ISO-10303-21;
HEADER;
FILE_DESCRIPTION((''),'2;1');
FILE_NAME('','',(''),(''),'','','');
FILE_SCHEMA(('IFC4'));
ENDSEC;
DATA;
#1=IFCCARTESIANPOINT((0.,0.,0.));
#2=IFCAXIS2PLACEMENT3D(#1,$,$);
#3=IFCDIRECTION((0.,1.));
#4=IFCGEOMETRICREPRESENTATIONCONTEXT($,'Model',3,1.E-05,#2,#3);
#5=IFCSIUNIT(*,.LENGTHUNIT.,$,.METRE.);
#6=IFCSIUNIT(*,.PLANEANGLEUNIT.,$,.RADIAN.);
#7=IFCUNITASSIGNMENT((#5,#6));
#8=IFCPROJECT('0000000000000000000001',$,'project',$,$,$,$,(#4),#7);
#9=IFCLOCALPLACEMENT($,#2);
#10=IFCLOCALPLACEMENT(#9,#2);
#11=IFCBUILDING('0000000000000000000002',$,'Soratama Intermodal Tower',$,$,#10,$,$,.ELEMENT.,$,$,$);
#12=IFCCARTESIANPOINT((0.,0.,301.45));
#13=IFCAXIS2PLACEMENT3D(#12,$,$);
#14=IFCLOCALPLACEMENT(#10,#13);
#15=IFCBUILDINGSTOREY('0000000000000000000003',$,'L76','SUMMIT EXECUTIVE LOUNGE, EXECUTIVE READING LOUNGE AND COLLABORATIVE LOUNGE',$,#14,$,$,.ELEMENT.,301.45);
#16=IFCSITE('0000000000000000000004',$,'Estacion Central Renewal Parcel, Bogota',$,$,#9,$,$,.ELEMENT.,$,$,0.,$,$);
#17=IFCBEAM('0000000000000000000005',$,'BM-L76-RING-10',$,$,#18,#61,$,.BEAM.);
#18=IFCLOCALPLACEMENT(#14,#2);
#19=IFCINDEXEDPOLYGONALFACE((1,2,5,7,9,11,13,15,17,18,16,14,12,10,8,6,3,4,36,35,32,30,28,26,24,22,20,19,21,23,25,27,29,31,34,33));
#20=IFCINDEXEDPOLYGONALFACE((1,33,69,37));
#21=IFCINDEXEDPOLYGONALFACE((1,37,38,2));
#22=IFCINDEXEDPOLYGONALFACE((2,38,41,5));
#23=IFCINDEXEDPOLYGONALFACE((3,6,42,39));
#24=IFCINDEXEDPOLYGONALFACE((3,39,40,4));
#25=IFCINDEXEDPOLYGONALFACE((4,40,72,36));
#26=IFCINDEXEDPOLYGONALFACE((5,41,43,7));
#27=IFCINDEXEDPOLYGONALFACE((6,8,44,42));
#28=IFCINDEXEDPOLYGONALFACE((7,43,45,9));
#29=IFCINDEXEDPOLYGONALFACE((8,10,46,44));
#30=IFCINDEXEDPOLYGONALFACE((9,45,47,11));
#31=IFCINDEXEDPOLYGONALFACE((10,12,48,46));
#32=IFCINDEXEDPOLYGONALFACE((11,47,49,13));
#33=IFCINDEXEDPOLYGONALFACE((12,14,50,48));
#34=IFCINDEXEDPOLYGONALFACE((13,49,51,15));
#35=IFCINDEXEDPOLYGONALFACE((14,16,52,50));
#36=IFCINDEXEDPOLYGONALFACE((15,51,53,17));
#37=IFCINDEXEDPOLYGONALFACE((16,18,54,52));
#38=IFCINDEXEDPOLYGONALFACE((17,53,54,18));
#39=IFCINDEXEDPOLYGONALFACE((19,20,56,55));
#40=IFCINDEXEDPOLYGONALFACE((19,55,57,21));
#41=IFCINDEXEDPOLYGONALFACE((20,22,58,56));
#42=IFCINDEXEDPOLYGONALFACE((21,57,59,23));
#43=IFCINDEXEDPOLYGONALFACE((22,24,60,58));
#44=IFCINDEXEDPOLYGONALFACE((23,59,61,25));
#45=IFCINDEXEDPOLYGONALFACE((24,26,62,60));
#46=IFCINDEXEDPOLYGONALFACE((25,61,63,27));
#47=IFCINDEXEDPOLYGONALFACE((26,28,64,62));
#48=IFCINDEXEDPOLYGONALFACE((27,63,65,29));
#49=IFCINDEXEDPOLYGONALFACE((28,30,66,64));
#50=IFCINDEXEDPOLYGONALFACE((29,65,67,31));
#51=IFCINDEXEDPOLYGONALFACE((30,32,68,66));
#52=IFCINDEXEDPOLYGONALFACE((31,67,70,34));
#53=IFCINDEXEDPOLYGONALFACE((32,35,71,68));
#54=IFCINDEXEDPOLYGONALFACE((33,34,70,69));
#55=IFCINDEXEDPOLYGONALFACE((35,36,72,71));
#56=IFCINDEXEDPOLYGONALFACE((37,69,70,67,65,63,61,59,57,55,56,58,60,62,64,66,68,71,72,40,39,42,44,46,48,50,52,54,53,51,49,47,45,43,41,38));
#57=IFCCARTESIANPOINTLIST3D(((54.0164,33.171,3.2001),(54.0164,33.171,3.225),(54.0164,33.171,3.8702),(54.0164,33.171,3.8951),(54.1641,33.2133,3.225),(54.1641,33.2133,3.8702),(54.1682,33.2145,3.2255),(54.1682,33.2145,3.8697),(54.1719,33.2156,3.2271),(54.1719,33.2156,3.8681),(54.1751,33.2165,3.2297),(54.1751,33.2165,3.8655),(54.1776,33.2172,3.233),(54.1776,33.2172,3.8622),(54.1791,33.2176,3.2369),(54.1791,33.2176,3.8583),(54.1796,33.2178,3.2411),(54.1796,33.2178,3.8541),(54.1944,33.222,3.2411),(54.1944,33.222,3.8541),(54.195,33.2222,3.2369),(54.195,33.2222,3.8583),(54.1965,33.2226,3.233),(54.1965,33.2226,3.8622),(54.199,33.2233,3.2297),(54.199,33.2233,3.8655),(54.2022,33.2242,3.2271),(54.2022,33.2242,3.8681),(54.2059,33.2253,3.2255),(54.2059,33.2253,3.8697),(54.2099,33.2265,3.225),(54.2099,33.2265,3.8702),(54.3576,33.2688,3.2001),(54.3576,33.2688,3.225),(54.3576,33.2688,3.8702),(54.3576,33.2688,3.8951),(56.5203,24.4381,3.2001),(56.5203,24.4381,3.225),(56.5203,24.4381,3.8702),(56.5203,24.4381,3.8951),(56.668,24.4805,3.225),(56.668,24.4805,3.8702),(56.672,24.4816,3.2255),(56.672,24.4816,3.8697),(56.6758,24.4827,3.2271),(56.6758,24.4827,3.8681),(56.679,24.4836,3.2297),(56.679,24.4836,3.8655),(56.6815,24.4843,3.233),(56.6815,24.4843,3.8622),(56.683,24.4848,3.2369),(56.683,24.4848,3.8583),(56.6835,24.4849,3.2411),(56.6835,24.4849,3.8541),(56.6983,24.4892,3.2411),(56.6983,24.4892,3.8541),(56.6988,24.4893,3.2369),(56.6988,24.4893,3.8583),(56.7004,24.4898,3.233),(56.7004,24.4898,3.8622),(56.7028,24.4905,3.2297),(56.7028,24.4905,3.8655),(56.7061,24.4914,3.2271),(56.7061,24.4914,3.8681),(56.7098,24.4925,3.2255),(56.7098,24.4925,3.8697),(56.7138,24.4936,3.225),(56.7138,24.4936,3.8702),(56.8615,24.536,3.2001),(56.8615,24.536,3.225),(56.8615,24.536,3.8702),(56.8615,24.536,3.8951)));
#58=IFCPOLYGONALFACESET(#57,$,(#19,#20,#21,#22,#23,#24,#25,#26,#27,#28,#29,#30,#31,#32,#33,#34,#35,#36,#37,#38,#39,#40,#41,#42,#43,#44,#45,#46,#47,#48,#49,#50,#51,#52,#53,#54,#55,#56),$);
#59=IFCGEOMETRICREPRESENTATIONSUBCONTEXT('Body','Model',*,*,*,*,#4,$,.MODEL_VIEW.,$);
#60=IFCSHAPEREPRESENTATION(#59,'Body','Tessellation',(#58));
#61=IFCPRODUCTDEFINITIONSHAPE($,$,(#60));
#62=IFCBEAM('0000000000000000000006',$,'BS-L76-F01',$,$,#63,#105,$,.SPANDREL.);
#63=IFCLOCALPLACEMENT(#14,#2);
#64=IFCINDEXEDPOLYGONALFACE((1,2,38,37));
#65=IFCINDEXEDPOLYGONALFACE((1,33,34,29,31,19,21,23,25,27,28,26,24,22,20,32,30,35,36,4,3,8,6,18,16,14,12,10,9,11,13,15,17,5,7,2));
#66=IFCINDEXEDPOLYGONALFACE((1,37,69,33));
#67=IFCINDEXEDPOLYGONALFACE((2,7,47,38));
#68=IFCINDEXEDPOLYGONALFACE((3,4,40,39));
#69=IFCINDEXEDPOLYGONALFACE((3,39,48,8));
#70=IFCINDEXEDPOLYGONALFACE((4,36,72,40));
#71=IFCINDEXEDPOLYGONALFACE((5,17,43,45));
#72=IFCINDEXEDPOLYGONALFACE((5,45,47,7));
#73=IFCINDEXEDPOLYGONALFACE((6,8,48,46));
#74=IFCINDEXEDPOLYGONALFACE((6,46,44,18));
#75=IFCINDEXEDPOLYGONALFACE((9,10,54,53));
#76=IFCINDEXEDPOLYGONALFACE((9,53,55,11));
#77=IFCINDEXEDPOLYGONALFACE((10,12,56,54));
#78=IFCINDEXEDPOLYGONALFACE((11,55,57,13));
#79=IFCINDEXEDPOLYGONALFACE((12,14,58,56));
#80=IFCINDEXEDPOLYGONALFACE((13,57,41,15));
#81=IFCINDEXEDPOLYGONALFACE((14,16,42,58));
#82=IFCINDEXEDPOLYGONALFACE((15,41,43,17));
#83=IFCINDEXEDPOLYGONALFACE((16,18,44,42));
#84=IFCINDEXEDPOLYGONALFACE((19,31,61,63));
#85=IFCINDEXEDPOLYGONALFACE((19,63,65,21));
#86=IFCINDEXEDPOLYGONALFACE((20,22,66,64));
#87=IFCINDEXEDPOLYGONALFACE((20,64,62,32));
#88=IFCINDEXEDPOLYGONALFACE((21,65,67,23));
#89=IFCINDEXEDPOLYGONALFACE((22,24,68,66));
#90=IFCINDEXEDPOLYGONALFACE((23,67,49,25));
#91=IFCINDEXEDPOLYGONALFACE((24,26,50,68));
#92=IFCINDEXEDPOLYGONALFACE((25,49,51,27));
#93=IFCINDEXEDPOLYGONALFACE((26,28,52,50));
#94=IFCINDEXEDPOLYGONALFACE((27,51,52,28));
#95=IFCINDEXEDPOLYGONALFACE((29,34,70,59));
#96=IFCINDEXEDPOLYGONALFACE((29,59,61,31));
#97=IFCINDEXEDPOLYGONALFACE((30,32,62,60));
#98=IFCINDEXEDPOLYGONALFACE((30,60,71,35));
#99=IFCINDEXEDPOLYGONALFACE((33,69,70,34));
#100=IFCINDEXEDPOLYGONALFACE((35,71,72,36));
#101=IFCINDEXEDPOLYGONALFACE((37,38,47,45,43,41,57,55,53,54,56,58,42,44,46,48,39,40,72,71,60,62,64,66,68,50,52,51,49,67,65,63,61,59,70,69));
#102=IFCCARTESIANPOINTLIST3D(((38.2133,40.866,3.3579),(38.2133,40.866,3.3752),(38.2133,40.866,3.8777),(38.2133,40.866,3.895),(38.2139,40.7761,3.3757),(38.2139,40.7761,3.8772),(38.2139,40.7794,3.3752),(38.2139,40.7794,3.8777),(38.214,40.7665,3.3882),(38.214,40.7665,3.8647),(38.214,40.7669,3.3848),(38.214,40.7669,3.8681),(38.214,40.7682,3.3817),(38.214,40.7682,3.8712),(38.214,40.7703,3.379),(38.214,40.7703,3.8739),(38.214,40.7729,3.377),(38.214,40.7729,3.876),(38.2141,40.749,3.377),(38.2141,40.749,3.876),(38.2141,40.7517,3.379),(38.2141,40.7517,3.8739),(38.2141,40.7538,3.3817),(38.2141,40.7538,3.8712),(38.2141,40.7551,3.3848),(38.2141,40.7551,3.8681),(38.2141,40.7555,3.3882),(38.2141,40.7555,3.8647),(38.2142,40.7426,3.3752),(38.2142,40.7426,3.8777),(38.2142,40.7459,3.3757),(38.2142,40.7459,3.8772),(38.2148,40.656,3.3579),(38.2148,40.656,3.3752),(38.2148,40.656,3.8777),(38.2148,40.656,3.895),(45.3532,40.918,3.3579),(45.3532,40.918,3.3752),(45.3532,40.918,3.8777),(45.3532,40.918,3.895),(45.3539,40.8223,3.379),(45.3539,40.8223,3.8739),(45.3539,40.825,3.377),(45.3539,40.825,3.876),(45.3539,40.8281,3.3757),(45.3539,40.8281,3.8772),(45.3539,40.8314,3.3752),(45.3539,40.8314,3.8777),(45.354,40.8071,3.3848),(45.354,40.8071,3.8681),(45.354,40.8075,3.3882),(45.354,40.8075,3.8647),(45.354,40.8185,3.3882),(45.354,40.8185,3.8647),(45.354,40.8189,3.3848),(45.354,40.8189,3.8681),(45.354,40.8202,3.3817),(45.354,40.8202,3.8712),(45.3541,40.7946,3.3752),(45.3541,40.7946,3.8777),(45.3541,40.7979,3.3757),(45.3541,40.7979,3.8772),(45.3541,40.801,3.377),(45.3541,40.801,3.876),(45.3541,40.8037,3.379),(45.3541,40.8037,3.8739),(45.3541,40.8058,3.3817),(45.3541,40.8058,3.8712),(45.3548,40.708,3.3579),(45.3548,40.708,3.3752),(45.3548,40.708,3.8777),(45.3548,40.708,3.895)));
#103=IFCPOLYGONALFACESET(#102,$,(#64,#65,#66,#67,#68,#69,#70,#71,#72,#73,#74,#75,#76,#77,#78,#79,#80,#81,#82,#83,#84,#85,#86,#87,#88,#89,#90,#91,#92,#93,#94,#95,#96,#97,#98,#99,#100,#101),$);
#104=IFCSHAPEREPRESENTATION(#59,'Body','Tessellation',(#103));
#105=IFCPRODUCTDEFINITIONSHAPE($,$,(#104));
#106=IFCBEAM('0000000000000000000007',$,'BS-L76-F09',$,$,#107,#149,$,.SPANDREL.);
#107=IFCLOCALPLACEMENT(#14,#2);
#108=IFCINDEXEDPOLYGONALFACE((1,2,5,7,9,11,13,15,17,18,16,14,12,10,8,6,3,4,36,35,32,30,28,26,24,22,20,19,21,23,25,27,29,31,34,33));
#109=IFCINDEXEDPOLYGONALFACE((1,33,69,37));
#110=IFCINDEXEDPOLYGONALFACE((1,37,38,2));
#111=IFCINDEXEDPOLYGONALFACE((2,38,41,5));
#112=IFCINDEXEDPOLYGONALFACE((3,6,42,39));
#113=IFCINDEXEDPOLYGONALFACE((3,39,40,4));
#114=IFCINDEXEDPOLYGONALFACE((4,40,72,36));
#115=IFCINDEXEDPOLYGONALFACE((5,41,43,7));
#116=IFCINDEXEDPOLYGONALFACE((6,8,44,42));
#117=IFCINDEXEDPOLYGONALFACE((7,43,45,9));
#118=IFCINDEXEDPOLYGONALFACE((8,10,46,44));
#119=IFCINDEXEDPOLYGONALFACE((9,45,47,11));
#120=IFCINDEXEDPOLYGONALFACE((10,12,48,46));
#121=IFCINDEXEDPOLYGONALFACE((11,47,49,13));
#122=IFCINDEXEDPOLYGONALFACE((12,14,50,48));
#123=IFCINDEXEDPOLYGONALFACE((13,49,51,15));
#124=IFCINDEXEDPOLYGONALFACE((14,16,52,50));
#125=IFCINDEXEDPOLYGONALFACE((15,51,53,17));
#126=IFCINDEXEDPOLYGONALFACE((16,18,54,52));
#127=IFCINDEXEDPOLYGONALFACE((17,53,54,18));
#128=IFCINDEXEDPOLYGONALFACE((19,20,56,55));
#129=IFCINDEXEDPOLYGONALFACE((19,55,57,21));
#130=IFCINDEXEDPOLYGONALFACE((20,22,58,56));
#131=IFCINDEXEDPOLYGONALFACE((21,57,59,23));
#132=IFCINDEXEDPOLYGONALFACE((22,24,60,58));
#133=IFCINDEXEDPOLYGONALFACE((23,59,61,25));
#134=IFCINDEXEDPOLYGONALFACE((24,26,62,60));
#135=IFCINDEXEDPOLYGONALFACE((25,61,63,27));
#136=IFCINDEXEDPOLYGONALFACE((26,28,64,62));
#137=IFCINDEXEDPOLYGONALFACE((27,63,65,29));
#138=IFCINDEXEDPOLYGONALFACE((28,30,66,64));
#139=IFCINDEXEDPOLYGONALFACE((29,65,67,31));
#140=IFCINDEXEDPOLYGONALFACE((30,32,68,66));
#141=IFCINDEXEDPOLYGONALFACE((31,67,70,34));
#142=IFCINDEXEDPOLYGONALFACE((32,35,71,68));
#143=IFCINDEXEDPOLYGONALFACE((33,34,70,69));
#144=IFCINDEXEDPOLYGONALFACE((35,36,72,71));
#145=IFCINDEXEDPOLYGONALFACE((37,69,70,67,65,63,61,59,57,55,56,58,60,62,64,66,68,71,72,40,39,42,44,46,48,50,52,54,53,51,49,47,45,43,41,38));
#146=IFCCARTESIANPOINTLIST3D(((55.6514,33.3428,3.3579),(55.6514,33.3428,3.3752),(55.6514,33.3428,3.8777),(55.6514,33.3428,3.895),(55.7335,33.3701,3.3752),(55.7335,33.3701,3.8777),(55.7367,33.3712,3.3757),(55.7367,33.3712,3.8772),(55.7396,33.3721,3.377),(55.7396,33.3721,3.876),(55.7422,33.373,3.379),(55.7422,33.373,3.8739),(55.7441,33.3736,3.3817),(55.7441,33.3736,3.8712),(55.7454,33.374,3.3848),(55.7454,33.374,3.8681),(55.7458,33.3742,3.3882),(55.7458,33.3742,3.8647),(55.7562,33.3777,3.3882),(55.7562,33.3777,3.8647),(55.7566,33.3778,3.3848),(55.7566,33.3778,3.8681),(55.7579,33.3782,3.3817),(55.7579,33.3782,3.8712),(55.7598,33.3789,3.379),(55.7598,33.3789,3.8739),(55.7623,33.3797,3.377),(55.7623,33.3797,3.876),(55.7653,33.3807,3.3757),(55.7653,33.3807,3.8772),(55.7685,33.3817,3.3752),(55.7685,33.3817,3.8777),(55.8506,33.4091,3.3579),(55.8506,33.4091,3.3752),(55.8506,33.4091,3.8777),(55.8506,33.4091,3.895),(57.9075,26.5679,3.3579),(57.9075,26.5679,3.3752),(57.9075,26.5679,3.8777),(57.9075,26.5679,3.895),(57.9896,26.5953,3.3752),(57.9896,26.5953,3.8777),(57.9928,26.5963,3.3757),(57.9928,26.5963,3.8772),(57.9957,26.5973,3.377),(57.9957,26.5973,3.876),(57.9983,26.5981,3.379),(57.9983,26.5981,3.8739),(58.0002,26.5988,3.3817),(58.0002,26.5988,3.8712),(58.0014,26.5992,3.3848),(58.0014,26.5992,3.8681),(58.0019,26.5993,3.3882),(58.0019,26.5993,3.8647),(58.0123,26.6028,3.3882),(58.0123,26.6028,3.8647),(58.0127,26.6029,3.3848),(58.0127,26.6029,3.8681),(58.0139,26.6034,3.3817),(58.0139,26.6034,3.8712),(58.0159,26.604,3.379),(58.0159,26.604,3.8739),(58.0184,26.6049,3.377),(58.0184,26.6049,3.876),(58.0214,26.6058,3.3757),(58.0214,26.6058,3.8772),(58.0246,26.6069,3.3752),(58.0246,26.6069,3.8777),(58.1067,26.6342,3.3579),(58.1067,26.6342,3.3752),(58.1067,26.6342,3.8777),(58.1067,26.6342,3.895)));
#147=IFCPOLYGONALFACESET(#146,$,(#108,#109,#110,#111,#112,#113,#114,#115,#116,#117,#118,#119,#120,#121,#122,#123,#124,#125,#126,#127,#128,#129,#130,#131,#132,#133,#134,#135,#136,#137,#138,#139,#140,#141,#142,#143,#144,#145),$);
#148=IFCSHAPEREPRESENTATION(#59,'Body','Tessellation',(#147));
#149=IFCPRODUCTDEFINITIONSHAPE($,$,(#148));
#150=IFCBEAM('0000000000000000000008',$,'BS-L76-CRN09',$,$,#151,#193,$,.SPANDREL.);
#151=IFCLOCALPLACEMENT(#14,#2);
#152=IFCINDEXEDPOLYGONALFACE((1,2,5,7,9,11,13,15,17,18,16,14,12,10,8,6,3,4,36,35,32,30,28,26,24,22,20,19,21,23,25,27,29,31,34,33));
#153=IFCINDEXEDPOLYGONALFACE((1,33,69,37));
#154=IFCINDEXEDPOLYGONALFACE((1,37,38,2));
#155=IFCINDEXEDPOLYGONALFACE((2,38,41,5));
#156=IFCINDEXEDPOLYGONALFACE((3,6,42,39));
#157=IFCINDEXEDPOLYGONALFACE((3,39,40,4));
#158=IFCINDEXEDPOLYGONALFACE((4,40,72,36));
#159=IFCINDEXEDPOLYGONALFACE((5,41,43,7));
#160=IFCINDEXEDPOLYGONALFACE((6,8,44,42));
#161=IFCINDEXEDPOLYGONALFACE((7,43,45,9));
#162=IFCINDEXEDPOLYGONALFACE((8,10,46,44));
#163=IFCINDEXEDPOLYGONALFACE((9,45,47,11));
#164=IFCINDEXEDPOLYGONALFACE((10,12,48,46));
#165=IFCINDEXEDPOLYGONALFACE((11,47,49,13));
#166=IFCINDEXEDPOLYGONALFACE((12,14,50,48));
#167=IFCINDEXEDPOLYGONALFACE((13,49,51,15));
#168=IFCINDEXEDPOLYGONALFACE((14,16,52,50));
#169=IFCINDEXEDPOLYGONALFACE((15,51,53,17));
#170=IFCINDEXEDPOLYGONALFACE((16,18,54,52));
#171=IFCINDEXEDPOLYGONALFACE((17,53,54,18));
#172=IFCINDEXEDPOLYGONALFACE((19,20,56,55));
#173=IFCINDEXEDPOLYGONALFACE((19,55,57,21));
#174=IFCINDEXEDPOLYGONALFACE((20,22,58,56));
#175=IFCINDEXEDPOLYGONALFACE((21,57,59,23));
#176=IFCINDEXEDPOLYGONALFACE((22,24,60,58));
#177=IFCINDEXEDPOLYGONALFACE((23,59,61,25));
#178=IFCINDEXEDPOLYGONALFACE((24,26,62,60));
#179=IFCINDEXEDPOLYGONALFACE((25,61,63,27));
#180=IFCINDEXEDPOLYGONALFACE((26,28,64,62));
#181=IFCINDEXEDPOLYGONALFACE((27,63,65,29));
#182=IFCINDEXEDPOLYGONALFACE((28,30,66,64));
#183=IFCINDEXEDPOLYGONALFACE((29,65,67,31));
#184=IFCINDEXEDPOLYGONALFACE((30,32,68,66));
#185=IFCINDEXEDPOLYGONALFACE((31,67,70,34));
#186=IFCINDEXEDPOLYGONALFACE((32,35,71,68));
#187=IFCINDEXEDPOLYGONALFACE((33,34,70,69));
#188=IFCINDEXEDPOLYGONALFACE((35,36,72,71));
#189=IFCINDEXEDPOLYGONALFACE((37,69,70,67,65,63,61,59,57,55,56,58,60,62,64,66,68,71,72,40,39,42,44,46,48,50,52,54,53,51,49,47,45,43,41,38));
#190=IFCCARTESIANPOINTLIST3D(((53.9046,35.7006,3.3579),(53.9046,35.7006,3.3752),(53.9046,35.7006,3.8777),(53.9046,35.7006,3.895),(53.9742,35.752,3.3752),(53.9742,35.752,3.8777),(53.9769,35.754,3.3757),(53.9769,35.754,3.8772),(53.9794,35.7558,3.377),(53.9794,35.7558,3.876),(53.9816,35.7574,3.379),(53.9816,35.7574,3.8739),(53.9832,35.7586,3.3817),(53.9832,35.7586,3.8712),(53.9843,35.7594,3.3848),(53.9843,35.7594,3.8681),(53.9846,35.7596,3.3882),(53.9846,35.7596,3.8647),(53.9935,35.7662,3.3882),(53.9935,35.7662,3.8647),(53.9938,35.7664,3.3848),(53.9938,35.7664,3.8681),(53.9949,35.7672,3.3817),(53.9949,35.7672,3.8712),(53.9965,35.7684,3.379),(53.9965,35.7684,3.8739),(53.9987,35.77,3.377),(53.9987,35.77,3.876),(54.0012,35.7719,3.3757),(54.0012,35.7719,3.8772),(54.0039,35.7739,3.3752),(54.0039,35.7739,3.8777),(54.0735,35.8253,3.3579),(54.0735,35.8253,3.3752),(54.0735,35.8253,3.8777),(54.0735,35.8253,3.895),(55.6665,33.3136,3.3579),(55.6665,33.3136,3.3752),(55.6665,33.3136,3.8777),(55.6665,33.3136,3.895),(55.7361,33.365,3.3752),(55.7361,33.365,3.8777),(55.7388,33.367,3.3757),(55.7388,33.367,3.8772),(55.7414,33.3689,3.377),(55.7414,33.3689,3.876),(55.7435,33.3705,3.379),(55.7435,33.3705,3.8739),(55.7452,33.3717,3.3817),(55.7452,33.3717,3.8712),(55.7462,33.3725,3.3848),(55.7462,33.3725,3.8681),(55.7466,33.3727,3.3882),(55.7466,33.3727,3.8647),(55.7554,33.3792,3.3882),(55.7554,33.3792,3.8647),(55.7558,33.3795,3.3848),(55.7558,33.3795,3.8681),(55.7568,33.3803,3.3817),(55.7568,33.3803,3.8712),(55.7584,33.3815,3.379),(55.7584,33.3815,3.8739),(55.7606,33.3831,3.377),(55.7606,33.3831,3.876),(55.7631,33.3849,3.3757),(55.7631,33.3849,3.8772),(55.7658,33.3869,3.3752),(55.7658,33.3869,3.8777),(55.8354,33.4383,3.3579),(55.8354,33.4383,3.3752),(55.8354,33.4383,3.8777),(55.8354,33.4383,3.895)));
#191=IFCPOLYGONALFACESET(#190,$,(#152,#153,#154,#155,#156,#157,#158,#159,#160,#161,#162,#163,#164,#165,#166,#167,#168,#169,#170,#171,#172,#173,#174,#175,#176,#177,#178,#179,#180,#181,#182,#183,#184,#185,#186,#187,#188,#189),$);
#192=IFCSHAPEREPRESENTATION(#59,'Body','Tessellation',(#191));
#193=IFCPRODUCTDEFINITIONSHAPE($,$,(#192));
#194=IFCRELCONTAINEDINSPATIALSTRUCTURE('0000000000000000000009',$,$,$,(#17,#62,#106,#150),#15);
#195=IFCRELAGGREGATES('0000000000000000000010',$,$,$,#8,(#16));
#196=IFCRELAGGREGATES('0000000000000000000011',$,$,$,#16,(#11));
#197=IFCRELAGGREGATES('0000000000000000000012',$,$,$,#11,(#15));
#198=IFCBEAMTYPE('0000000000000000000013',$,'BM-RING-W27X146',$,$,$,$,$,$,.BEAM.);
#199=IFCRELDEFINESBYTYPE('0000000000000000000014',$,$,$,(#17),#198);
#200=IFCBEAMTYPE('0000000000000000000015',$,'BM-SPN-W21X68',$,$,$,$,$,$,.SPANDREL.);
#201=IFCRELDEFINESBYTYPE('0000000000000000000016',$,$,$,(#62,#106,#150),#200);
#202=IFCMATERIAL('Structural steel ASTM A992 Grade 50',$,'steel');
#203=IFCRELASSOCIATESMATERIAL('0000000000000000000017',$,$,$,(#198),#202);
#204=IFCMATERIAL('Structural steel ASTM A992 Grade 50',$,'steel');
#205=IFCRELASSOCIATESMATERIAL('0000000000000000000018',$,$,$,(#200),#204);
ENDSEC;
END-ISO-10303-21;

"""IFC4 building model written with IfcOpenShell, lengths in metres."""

from ifc_helpers import new_model, si_unit, direction, frame, origin, origin_2d, place, context, subcontext, project, spatial, i_section, extrude, material, material_profile, profile_set, type_object, element, save


model = new_model("IFC4")

# Units and contexts
model_context = context("Model", 3, precision=1e-05, world=origin(), true_north=direction((0.0, 1.0)))
body_context = subcontext(model_context, "Body", "Model", "MODEL_VIEW")
ifc_project = project(units=[si_unit("LENGTHUNIT", "METRE"), si_unit("PLANEANGLEUNIT", "RADIAN")], contexts=[model_context])

# Site, building, storey
site_placement = place(None, origin())
site = spatial("IfcSite", under=ifc_project, at=site_placement, Name="Estacion Central Renewal Parcel, Bogota", CompositionType="ELEMENT", RefElevation=0.0)
building_placement = place(site_placement, origin())
building = spatial("IfcBuilding", under=site, at=building_placement, Name="Soratama Intermodal Tower", CompositionType="ELEMENT")
storey_placement = place(building_placement, frame((0.0, 0.0, 301.45)))
storey = spatial("IfcBuildingStorey", under=building, at=storey_placement, Name="L76", Description="SUMMIT EXECUTIVE LOUNGE, EXECUTIVE READING LOUNGE AND COLLABORATIVE LOUNGE", CompositionType="ELEMENT", Elevation=301.45)

# Beams
ifc_material_1 = material(Name="Structural steel ASTM A992 Grade 50", Category="steel")
ifc_material_profile_1 = material_profile(ifc_material_1, i_section(OverallWidth=0.355, OverallDepth=0.6951, WebThickness=0.0154, FlangeThickness=0.0249, FilletRadius=0.0161, at=origin_2d()), Name="W27X146")
ifc_profile_set_1 = profile_set([ifc_material_profile_1], Name="Structural steel ASTM A992 Grade 50")
beam_type_1 = type_object("IfcBeamType", Name="BM-RING-W27X146", PredefinedType="BEAM", material=ifc_profile_set_1)
beam_1_placement = place(storey_placement, frame((56.6909, 24.4871, 3.5476), z_axis=(-0.275615, 0.961268, 0.0), x_axis=(-0.961268, -0.275615, 0.0)))
element("IfcBeam", 1, at=beam_1_placement, inside=storey, type_object=beam_type_1, Name="BM-L76-RING-10", PredefinedType="BEAM", context=body_context, shape_type="SweptSolid", body=[
    extrude(i_section(OverallWidth=0.355, OverallDepth=0.6951, WebThickness=0.0154, FlangeThickness=0.0249, FilletRadius=0.0161, at=origin_2d()), origin(), (0.0, 0.0, 1.0), 9.0847),
])
ifc_material_2 = material(Name="Structural steel ASTM A992 Grade 50", Category="steel")
ifc_material_profile_2 = material_profile(ifc_material_2, i_section(OverallWidth=0.21, OverallDepth=0.5371, WebThickness=0.011, FlangeThickness=0.0173, FilletRadius=0.0129, at=origin_2d()), Name="W21X68")
ifc_profile_set_2 = profile_set([ifc_material_profile_2], Name="Structural steel ASTM A992 Grade 50")
beam_type_2 = type_object("IfcBeamType", Name="BM-SPN-W21X68", PredefinedType="SPANDREL", material=ifc_profile_set_2)
beam_2_placement = place(storey_placement, frame((45.354, 40.813, 3.6265), z_axis=(-0.999973, -0.007283, 0.0), x_axis=(0.007283, -0.999973, 0.0)))
element("IfcBeam", 2, at=beam_2_placement, inside=storey, type_object=beam_type_2, Name="BS-L76-F01", PredefinedType="SPANDREL", context=body_context, shape_type="SweptSolid", body=[
    extrude(i_section(OverallWidth=0.21, OverallDepth=0.5371, WebThickness=0.011, FlangeThickness=0.0173, FilletRadius=0.0129, at=origin_2d()), origin(), (0.0, 0.0, 1.0), 7.1401),
])
beam_3_placement = place(storey_placement, frame((58.0071, 26.6011, 3.6265), z_axis=(-0.315951, 0.948776, 0.0), x_axis=(-0.948776, -0.315951, 0.0)))
element("IfcBeam", 3, at=beam_3_placement, inside=storey, type_object=beam_type_2, Name="BS-L76-F09", PredefinedType="SPANDREL", context=body_context, shape_type="SweptSolid", body=[
    extrude(i_section(OverallWidth=0.21, OverallDepth=0.5371, WebThickness=0.011, FlangeThickness=0.0173, FilletRadius=0.0129, at=origin_2d()), origin(), (0.0, 0.0, 1.0), 7.1406),
])
beam_4_placement = place(storey_placement, frame((55.751, 33.376, 3.6265), z_axis=(-0.593887, 0.804549, 0.0), x_axis=(-0.804549, -0.593887, 0.0)))
element("IfcBeam", 4, at=beam_4_placement, inside=storey, type_object=beam_type_2, Name="BS-L76-CRN09", PredefinedType="SPANDREL", context=body_context, shape_type="SweptSolid", body=[
    extrude(i_section(OverallWidth=0.21, OverallDepth=0.5371, WebThickness=0.011, FlangeThickness=0.0173, FilletRadius=0.0129, at=origin_2d()), origin(), (0.0, 0.0, 1.0), 2.9668),
])

save(model, "model.ifc")
